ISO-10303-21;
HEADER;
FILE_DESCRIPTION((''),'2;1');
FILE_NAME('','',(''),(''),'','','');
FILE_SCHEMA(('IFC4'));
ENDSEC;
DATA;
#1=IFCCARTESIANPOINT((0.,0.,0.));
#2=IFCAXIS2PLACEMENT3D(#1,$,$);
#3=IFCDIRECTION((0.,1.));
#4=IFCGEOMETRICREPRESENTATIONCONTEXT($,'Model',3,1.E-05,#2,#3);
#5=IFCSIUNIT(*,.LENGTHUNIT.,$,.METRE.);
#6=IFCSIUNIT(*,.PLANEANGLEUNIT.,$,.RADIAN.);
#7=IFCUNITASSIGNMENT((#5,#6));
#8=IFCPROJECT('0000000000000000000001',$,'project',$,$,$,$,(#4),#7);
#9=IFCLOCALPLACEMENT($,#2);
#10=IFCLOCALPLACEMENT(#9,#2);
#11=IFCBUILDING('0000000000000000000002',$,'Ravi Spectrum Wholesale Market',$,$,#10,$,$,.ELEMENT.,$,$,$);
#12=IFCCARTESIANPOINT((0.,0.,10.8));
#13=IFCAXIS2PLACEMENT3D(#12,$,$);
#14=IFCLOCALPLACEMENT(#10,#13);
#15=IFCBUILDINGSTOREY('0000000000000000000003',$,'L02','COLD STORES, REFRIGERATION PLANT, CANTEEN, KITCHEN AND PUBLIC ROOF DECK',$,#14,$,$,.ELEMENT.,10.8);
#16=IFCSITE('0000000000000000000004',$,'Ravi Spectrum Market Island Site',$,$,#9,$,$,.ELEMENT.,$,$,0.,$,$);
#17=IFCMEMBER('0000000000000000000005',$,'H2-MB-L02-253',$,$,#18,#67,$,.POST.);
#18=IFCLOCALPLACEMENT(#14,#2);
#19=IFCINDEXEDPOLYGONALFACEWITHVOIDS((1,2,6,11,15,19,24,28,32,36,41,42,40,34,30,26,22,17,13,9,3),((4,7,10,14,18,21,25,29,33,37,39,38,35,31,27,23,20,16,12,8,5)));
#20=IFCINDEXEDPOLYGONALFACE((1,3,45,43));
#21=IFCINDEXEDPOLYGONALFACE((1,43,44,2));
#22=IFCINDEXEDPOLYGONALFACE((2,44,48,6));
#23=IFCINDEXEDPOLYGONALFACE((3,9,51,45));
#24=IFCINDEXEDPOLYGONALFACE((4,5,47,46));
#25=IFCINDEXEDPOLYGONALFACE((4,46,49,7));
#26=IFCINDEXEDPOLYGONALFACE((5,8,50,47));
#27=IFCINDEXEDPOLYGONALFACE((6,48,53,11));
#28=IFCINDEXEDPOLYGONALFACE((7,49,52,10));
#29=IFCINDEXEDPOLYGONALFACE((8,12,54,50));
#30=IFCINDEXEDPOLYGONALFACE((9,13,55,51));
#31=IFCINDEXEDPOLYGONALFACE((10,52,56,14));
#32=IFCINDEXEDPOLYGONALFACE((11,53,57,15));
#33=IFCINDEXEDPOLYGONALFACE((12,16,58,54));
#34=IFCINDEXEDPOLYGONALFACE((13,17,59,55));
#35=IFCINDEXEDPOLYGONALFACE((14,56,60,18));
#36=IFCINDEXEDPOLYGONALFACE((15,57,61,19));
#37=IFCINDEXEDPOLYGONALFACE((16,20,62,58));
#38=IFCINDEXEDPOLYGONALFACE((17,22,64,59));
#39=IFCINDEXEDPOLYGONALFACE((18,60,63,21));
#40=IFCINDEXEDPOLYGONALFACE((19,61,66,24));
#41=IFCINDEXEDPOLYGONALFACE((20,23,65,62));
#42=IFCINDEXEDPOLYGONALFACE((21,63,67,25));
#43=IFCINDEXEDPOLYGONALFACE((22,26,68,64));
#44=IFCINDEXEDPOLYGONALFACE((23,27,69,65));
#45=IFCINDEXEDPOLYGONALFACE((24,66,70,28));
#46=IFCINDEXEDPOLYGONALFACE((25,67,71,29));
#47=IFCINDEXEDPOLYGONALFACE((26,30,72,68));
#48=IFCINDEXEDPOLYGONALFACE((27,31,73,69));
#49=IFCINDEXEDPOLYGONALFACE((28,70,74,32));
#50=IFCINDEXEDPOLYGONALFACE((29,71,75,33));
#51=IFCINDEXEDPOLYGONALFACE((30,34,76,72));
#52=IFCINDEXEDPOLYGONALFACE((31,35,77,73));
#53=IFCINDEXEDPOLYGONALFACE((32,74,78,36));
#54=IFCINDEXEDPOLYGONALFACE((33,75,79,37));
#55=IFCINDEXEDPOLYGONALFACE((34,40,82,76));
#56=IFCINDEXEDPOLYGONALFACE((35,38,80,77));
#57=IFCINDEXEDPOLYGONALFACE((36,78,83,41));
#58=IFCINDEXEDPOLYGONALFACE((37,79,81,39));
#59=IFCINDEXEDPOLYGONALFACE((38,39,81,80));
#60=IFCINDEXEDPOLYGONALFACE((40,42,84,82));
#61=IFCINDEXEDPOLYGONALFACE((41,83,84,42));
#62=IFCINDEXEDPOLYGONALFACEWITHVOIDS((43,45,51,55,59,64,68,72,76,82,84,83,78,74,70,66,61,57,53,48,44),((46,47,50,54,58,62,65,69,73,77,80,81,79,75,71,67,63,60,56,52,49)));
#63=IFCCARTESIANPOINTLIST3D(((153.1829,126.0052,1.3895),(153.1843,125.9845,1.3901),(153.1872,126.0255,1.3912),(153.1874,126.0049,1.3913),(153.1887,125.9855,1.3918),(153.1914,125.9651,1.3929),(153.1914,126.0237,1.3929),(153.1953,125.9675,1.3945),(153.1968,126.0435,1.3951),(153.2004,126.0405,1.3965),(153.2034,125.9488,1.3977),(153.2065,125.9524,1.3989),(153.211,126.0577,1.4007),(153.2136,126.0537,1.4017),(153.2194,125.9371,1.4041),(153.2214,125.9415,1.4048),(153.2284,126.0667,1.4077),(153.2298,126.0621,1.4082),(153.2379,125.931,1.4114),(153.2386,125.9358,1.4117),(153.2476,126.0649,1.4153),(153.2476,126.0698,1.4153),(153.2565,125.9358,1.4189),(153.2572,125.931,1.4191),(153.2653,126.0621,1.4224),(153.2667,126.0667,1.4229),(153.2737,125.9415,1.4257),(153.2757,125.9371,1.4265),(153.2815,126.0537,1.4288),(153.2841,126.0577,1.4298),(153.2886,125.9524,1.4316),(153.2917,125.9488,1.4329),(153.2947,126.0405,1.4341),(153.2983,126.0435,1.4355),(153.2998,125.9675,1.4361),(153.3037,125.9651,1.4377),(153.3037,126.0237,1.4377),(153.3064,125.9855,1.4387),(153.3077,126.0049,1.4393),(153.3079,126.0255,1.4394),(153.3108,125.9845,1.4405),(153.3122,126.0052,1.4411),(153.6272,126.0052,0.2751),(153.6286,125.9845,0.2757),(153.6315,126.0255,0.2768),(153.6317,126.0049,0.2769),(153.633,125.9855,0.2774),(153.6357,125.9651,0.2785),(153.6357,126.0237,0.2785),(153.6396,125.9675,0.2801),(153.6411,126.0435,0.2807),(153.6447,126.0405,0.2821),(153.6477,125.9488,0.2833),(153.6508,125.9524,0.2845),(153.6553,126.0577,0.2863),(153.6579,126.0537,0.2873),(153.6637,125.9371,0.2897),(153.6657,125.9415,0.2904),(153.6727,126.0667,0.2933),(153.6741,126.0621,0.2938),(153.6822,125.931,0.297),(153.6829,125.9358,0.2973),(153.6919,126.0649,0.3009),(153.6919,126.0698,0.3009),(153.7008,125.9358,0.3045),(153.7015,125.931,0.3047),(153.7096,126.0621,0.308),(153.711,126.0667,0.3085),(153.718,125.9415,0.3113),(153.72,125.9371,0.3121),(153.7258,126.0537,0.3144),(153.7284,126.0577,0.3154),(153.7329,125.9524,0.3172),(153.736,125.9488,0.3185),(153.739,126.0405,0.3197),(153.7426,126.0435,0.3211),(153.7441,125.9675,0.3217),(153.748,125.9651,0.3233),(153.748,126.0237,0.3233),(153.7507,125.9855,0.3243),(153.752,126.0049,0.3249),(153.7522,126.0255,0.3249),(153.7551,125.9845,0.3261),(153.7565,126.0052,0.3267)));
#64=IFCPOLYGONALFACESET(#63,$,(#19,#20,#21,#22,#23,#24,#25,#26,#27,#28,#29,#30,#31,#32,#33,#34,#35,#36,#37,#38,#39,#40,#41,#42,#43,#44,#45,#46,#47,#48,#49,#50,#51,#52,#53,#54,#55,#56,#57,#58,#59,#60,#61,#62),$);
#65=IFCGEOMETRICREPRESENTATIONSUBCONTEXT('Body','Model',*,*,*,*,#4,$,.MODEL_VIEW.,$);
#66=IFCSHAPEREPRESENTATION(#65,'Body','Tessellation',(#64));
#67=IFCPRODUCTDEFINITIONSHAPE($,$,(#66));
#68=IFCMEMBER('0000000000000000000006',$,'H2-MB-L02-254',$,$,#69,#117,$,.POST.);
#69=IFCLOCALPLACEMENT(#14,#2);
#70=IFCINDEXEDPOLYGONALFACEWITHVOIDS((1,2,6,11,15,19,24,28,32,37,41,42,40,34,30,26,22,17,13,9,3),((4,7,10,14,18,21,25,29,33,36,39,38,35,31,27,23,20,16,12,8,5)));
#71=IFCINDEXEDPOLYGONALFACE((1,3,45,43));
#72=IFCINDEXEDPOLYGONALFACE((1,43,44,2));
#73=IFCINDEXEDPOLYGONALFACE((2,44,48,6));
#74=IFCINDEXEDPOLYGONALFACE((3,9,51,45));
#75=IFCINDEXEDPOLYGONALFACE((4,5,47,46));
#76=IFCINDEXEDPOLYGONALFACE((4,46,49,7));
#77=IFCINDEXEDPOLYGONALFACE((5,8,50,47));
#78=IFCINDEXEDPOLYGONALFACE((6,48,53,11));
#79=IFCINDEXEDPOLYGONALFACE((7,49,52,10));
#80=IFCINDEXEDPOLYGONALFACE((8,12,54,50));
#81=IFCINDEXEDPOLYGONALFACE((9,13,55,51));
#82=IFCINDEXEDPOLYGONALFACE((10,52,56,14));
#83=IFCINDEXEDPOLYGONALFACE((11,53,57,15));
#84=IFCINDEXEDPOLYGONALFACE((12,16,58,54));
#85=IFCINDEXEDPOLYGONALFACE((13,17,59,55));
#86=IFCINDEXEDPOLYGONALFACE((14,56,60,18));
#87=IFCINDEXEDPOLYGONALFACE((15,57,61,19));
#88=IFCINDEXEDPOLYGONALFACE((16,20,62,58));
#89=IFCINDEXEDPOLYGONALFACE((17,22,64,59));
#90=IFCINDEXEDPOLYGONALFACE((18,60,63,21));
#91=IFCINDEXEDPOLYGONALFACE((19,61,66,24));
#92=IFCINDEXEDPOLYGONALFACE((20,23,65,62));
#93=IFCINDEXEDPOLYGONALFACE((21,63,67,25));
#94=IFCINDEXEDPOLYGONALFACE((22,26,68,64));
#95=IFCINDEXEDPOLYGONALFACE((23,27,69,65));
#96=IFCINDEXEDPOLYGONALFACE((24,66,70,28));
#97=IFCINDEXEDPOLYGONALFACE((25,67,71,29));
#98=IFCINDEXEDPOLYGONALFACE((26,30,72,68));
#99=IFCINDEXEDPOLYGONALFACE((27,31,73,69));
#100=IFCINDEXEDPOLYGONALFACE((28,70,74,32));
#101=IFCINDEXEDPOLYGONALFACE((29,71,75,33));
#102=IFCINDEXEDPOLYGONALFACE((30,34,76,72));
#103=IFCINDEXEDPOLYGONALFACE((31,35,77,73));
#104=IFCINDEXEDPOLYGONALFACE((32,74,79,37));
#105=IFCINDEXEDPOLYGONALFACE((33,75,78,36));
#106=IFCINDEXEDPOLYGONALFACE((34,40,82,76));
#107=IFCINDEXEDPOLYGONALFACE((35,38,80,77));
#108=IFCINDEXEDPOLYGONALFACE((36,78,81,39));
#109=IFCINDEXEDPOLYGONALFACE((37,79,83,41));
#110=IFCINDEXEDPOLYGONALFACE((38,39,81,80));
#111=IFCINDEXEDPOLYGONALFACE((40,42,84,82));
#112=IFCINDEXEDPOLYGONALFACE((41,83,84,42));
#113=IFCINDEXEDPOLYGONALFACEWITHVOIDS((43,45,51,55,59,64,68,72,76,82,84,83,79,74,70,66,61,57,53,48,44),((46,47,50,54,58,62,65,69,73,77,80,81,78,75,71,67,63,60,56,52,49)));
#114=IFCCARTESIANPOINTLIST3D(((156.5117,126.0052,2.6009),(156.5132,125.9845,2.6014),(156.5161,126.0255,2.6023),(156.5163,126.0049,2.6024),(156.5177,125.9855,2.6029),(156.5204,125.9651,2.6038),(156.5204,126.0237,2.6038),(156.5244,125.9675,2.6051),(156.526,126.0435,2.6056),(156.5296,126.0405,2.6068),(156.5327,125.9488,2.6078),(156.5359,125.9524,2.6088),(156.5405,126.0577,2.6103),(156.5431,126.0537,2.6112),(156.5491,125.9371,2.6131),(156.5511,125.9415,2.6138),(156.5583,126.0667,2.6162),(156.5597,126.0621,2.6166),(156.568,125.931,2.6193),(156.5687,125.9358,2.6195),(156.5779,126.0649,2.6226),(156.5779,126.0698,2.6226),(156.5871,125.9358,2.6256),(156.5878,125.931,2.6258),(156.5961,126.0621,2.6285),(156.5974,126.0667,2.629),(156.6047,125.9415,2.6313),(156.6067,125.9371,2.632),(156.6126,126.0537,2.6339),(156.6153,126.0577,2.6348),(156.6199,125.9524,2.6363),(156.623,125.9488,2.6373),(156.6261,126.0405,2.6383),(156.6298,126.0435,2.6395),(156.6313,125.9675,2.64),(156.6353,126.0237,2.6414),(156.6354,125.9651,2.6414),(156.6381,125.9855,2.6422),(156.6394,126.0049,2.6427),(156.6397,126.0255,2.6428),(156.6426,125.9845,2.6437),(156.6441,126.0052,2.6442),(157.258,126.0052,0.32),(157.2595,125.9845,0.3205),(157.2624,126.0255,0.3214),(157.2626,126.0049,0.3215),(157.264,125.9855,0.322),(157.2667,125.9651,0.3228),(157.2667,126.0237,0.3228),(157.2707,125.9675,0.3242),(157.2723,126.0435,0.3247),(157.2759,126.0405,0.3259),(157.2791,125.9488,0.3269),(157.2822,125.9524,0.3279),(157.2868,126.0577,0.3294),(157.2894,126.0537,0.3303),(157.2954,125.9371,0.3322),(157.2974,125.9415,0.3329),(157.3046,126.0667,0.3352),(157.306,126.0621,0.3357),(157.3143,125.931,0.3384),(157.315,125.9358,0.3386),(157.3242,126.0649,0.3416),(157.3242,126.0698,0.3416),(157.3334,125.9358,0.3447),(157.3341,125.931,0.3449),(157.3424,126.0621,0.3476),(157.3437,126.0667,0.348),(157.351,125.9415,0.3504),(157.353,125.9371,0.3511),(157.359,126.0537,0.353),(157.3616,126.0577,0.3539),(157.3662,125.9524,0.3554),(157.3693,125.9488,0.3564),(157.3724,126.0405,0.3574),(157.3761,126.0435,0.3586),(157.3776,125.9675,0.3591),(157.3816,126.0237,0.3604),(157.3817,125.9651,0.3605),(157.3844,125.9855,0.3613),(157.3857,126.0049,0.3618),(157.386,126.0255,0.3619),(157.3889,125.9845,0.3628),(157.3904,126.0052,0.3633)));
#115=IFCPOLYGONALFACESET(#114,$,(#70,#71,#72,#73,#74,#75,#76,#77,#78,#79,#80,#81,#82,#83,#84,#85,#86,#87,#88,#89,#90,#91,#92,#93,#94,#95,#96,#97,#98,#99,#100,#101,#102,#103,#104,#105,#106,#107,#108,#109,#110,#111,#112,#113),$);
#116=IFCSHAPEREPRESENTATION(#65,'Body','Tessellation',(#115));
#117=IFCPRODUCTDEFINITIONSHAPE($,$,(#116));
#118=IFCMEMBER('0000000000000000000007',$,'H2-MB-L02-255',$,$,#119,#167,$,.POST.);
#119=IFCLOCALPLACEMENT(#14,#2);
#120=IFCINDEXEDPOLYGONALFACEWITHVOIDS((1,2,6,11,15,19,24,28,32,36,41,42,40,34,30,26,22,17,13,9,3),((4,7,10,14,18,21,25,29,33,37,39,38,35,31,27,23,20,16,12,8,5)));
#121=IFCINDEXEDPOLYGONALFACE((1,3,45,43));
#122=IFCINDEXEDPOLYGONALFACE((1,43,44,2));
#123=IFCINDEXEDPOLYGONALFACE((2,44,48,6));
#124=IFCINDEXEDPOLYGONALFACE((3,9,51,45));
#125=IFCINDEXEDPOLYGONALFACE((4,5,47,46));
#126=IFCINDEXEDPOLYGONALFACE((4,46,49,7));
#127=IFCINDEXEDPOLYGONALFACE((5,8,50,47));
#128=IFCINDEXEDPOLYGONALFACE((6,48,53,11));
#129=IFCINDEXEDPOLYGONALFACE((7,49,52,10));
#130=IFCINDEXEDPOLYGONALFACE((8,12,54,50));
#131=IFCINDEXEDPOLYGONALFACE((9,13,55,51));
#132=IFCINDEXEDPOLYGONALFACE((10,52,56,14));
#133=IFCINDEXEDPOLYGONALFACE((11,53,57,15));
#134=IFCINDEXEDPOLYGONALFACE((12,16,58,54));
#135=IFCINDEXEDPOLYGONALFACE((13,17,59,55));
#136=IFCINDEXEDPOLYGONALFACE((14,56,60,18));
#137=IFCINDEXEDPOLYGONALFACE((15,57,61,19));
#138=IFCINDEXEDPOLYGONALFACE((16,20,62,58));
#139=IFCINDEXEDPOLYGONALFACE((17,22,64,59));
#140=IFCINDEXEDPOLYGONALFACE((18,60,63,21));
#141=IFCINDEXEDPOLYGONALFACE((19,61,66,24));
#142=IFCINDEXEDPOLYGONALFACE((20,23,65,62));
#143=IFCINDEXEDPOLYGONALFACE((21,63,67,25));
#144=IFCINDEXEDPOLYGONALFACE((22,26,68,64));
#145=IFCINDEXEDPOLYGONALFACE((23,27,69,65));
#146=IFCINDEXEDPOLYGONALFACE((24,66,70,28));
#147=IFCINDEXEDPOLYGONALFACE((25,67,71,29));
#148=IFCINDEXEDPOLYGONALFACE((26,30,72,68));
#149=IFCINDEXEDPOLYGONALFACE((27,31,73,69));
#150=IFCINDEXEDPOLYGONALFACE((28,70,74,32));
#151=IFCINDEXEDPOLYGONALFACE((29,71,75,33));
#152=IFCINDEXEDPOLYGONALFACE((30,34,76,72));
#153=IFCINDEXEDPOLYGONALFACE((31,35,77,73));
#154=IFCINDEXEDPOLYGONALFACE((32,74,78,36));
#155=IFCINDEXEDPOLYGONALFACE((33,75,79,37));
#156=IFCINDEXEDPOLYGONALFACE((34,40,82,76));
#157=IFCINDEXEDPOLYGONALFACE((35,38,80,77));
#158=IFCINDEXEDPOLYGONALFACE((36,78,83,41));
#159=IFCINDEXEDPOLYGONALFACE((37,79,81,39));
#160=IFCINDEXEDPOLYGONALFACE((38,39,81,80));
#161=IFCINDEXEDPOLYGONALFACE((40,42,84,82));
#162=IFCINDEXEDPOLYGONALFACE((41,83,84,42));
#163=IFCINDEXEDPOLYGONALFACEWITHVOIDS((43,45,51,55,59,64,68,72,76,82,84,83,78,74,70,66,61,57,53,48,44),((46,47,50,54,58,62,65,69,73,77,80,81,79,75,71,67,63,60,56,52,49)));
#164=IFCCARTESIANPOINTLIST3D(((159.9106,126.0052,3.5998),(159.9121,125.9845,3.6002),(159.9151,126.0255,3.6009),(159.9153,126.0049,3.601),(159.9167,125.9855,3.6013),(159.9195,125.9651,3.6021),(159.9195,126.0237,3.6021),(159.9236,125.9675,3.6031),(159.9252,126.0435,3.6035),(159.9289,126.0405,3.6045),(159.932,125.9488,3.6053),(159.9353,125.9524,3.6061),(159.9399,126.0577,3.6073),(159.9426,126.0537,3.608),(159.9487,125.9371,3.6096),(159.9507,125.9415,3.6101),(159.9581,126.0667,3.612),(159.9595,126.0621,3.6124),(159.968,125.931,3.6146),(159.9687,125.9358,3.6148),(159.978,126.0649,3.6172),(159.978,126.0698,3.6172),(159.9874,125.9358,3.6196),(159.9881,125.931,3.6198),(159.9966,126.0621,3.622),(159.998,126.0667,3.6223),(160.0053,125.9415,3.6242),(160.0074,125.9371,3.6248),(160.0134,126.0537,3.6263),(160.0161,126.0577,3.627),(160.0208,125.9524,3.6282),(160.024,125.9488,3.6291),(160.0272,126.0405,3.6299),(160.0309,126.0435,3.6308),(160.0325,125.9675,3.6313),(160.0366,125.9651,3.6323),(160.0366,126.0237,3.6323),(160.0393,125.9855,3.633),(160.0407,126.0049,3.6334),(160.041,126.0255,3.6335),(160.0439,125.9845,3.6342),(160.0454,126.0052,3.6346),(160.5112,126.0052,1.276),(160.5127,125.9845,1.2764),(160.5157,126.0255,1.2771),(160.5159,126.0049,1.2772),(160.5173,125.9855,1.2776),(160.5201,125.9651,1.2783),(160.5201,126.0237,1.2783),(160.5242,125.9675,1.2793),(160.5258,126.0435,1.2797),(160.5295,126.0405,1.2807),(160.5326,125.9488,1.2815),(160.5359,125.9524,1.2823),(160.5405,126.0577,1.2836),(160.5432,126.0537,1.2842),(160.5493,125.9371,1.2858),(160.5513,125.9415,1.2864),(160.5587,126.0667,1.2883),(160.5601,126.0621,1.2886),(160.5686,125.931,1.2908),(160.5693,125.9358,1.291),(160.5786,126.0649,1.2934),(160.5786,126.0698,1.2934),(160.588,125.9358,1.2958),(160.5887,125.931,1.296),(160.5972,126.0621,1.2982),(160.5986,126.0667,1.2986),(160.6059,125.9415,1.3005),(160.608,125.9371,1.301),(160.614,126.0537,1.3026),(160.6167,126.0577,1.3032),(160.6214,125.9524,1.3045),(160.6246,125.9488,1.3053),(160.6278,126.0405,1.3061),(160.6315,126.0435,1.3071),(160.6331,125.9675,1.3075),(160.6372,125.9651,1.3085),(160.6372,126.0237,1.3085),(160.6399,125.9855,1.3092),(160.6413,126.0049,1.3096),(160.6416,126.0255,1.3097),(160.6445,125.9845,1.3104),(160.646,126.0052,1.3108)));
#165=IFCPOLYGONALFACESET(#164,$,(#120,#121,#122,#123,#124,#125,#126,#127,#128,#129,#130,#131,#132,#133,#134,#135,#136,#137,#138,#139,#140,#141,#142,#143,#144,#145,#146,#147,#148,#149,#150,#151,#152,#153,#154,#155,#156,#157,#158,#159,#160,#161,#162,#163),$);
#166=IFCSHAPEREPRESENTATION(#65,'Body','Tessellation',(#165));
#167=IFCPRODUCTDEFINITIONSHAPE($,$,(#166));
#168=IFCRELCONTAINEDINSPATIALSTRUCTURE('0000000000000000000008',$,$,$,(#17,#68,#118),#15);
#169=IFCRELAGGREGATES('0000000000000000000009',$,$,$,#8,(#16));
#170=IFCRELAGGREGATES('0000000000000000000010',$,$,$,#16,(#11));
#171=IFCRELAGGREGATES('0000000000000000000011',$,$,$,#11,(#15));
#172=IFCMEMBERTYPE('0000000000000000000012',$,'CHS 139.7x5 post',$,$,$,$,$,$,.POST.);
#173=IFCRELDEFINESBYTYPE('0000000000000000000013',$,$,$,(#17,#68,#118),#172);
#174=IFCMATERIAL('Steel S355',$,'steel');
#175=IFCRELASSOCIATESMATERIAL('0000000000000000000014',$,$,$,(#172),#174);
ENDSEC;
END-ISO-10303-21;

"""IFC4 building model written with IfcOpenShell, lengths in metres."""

from ifc_helpers import new_model, si_unit, direction, frame, origin, origin_2d, place, context, subcontext, project, spatial, hollow_circle, extrude, material, material_profile, profile_set, type_object, element, save


model = new_model("IFC4")

# Units and contexts
model_context = context("Model", 3, precision=1e-05, world=origin(), true_north=direction((0.0, 1.0)))
body_context = subcontext(model_context, "Body", "Model", "MODEL_VIEW")
ifc_project = project(units=[si_unit("LENGTHUNIT", "METRE"), si_unit("PLANEANGLEUNIT", "RADIAN")], contexts=[model_context])

# Site, building, storey
site_placement = place(None, origin())
site = spatial("IfcSite", under=ifc_project, at=site_placement, Name="Ravi Spectrum Market Island Site", CompositionType="ELEMENT", RefElevation=0.0)
building_placement = place(site_placement, origin())
building = spatial("IfcBuilding", under=site, at=building_placement, Name="Ravi Spectrum Wholesale Market", CompositionType="ELEMENT")
storey_placement = place(building_placement, frame((0.0, 0.0, 10.8)))
storey = spatial("IfcBuildingStorey", under=building, at=storey_placement, Name="L02", Description="COLD STORES, REFRIGERATION PLANT, CANTEEN, KITCHEN AND PUBLIC ROOF DECK", CompositionType="ELEMENT", Elevation=10.8)

# Members
ifc_material_1 = material(Name="Steel S355", Category="steel")
ifc_material_profile_1 = material_profile(ifc_material_1, hollow_circle(Radius=0.0698, WallThickness=0.0049, at=origin_2d()))
ifc_profile_set_1 = profile_set([ifc_material_profile_1], Name="Steel S355")
member_type_1 = type_object("IfcMemberType", Name="CHS 139.7x5 post", PredefinedType="POST", material=ifc_profile_set_1)
member_1_placement = place(storey_placement, frame((153.2476, 126.0, 1.4153), z_axis=(0.370338, 0.0, -0.928897), x_axis=(0.0, 1.0, 0.0)))
element("IfcMember", 1, at=member_1_placement, inside=storey, type_object=member_type_1, Name="H2-MB-L02-253", PredefinedType="POST", context=body_context, shape_type="SweptSolid", body=[
    extrude(hollow_circle(Radius=0.0698, WallThickness=0.0049, at=origin_2d()), origin(), (0.0, 0.0, 1.0), 1.1997),
])
member_2_placement = place(storey_placement, frame((156.5779, 126.0, 2.6226), z_axis=(0.310974, 0.0, -0.950418), x_axis=(0.0, 1.0, 0.0)))
element("IfcMember", 2, at=member_2_placement, inside=storey, type_object=member_type_1, Name="H2-MB-L02-254", PredefinedType="POST", context=body_context, shape_type="SweptSolid", body=[
    extrude(hollow_circle(Radius=0.0698, WallThickness=0.0049, at=origin_2d()), origin(), (0.0, 0.0, 1.0), 2.3999),
])
member_3_placement = place(storey_placement, frame((159.978, 126.0, 3.6172), z_axis=(0.250235, 0.0, -0.968185), x_axis=(0.0, 1.0, 0.0)))
element("IfcMember", 3, at=member_3_placement, inside=storey, type_object=member_type_1, Name="H2-MB-L02-255", PredefinedType="POST", context=body_context, shape_type="SweptSolid", body=[
    extrude(hollow_circle(Radius=0.0698, WallThickness=0.0049, at=origin_2d()), origin(), (0.0, 0.0, 1.0), 2.4001),
])

save(model, "model.ifc")
